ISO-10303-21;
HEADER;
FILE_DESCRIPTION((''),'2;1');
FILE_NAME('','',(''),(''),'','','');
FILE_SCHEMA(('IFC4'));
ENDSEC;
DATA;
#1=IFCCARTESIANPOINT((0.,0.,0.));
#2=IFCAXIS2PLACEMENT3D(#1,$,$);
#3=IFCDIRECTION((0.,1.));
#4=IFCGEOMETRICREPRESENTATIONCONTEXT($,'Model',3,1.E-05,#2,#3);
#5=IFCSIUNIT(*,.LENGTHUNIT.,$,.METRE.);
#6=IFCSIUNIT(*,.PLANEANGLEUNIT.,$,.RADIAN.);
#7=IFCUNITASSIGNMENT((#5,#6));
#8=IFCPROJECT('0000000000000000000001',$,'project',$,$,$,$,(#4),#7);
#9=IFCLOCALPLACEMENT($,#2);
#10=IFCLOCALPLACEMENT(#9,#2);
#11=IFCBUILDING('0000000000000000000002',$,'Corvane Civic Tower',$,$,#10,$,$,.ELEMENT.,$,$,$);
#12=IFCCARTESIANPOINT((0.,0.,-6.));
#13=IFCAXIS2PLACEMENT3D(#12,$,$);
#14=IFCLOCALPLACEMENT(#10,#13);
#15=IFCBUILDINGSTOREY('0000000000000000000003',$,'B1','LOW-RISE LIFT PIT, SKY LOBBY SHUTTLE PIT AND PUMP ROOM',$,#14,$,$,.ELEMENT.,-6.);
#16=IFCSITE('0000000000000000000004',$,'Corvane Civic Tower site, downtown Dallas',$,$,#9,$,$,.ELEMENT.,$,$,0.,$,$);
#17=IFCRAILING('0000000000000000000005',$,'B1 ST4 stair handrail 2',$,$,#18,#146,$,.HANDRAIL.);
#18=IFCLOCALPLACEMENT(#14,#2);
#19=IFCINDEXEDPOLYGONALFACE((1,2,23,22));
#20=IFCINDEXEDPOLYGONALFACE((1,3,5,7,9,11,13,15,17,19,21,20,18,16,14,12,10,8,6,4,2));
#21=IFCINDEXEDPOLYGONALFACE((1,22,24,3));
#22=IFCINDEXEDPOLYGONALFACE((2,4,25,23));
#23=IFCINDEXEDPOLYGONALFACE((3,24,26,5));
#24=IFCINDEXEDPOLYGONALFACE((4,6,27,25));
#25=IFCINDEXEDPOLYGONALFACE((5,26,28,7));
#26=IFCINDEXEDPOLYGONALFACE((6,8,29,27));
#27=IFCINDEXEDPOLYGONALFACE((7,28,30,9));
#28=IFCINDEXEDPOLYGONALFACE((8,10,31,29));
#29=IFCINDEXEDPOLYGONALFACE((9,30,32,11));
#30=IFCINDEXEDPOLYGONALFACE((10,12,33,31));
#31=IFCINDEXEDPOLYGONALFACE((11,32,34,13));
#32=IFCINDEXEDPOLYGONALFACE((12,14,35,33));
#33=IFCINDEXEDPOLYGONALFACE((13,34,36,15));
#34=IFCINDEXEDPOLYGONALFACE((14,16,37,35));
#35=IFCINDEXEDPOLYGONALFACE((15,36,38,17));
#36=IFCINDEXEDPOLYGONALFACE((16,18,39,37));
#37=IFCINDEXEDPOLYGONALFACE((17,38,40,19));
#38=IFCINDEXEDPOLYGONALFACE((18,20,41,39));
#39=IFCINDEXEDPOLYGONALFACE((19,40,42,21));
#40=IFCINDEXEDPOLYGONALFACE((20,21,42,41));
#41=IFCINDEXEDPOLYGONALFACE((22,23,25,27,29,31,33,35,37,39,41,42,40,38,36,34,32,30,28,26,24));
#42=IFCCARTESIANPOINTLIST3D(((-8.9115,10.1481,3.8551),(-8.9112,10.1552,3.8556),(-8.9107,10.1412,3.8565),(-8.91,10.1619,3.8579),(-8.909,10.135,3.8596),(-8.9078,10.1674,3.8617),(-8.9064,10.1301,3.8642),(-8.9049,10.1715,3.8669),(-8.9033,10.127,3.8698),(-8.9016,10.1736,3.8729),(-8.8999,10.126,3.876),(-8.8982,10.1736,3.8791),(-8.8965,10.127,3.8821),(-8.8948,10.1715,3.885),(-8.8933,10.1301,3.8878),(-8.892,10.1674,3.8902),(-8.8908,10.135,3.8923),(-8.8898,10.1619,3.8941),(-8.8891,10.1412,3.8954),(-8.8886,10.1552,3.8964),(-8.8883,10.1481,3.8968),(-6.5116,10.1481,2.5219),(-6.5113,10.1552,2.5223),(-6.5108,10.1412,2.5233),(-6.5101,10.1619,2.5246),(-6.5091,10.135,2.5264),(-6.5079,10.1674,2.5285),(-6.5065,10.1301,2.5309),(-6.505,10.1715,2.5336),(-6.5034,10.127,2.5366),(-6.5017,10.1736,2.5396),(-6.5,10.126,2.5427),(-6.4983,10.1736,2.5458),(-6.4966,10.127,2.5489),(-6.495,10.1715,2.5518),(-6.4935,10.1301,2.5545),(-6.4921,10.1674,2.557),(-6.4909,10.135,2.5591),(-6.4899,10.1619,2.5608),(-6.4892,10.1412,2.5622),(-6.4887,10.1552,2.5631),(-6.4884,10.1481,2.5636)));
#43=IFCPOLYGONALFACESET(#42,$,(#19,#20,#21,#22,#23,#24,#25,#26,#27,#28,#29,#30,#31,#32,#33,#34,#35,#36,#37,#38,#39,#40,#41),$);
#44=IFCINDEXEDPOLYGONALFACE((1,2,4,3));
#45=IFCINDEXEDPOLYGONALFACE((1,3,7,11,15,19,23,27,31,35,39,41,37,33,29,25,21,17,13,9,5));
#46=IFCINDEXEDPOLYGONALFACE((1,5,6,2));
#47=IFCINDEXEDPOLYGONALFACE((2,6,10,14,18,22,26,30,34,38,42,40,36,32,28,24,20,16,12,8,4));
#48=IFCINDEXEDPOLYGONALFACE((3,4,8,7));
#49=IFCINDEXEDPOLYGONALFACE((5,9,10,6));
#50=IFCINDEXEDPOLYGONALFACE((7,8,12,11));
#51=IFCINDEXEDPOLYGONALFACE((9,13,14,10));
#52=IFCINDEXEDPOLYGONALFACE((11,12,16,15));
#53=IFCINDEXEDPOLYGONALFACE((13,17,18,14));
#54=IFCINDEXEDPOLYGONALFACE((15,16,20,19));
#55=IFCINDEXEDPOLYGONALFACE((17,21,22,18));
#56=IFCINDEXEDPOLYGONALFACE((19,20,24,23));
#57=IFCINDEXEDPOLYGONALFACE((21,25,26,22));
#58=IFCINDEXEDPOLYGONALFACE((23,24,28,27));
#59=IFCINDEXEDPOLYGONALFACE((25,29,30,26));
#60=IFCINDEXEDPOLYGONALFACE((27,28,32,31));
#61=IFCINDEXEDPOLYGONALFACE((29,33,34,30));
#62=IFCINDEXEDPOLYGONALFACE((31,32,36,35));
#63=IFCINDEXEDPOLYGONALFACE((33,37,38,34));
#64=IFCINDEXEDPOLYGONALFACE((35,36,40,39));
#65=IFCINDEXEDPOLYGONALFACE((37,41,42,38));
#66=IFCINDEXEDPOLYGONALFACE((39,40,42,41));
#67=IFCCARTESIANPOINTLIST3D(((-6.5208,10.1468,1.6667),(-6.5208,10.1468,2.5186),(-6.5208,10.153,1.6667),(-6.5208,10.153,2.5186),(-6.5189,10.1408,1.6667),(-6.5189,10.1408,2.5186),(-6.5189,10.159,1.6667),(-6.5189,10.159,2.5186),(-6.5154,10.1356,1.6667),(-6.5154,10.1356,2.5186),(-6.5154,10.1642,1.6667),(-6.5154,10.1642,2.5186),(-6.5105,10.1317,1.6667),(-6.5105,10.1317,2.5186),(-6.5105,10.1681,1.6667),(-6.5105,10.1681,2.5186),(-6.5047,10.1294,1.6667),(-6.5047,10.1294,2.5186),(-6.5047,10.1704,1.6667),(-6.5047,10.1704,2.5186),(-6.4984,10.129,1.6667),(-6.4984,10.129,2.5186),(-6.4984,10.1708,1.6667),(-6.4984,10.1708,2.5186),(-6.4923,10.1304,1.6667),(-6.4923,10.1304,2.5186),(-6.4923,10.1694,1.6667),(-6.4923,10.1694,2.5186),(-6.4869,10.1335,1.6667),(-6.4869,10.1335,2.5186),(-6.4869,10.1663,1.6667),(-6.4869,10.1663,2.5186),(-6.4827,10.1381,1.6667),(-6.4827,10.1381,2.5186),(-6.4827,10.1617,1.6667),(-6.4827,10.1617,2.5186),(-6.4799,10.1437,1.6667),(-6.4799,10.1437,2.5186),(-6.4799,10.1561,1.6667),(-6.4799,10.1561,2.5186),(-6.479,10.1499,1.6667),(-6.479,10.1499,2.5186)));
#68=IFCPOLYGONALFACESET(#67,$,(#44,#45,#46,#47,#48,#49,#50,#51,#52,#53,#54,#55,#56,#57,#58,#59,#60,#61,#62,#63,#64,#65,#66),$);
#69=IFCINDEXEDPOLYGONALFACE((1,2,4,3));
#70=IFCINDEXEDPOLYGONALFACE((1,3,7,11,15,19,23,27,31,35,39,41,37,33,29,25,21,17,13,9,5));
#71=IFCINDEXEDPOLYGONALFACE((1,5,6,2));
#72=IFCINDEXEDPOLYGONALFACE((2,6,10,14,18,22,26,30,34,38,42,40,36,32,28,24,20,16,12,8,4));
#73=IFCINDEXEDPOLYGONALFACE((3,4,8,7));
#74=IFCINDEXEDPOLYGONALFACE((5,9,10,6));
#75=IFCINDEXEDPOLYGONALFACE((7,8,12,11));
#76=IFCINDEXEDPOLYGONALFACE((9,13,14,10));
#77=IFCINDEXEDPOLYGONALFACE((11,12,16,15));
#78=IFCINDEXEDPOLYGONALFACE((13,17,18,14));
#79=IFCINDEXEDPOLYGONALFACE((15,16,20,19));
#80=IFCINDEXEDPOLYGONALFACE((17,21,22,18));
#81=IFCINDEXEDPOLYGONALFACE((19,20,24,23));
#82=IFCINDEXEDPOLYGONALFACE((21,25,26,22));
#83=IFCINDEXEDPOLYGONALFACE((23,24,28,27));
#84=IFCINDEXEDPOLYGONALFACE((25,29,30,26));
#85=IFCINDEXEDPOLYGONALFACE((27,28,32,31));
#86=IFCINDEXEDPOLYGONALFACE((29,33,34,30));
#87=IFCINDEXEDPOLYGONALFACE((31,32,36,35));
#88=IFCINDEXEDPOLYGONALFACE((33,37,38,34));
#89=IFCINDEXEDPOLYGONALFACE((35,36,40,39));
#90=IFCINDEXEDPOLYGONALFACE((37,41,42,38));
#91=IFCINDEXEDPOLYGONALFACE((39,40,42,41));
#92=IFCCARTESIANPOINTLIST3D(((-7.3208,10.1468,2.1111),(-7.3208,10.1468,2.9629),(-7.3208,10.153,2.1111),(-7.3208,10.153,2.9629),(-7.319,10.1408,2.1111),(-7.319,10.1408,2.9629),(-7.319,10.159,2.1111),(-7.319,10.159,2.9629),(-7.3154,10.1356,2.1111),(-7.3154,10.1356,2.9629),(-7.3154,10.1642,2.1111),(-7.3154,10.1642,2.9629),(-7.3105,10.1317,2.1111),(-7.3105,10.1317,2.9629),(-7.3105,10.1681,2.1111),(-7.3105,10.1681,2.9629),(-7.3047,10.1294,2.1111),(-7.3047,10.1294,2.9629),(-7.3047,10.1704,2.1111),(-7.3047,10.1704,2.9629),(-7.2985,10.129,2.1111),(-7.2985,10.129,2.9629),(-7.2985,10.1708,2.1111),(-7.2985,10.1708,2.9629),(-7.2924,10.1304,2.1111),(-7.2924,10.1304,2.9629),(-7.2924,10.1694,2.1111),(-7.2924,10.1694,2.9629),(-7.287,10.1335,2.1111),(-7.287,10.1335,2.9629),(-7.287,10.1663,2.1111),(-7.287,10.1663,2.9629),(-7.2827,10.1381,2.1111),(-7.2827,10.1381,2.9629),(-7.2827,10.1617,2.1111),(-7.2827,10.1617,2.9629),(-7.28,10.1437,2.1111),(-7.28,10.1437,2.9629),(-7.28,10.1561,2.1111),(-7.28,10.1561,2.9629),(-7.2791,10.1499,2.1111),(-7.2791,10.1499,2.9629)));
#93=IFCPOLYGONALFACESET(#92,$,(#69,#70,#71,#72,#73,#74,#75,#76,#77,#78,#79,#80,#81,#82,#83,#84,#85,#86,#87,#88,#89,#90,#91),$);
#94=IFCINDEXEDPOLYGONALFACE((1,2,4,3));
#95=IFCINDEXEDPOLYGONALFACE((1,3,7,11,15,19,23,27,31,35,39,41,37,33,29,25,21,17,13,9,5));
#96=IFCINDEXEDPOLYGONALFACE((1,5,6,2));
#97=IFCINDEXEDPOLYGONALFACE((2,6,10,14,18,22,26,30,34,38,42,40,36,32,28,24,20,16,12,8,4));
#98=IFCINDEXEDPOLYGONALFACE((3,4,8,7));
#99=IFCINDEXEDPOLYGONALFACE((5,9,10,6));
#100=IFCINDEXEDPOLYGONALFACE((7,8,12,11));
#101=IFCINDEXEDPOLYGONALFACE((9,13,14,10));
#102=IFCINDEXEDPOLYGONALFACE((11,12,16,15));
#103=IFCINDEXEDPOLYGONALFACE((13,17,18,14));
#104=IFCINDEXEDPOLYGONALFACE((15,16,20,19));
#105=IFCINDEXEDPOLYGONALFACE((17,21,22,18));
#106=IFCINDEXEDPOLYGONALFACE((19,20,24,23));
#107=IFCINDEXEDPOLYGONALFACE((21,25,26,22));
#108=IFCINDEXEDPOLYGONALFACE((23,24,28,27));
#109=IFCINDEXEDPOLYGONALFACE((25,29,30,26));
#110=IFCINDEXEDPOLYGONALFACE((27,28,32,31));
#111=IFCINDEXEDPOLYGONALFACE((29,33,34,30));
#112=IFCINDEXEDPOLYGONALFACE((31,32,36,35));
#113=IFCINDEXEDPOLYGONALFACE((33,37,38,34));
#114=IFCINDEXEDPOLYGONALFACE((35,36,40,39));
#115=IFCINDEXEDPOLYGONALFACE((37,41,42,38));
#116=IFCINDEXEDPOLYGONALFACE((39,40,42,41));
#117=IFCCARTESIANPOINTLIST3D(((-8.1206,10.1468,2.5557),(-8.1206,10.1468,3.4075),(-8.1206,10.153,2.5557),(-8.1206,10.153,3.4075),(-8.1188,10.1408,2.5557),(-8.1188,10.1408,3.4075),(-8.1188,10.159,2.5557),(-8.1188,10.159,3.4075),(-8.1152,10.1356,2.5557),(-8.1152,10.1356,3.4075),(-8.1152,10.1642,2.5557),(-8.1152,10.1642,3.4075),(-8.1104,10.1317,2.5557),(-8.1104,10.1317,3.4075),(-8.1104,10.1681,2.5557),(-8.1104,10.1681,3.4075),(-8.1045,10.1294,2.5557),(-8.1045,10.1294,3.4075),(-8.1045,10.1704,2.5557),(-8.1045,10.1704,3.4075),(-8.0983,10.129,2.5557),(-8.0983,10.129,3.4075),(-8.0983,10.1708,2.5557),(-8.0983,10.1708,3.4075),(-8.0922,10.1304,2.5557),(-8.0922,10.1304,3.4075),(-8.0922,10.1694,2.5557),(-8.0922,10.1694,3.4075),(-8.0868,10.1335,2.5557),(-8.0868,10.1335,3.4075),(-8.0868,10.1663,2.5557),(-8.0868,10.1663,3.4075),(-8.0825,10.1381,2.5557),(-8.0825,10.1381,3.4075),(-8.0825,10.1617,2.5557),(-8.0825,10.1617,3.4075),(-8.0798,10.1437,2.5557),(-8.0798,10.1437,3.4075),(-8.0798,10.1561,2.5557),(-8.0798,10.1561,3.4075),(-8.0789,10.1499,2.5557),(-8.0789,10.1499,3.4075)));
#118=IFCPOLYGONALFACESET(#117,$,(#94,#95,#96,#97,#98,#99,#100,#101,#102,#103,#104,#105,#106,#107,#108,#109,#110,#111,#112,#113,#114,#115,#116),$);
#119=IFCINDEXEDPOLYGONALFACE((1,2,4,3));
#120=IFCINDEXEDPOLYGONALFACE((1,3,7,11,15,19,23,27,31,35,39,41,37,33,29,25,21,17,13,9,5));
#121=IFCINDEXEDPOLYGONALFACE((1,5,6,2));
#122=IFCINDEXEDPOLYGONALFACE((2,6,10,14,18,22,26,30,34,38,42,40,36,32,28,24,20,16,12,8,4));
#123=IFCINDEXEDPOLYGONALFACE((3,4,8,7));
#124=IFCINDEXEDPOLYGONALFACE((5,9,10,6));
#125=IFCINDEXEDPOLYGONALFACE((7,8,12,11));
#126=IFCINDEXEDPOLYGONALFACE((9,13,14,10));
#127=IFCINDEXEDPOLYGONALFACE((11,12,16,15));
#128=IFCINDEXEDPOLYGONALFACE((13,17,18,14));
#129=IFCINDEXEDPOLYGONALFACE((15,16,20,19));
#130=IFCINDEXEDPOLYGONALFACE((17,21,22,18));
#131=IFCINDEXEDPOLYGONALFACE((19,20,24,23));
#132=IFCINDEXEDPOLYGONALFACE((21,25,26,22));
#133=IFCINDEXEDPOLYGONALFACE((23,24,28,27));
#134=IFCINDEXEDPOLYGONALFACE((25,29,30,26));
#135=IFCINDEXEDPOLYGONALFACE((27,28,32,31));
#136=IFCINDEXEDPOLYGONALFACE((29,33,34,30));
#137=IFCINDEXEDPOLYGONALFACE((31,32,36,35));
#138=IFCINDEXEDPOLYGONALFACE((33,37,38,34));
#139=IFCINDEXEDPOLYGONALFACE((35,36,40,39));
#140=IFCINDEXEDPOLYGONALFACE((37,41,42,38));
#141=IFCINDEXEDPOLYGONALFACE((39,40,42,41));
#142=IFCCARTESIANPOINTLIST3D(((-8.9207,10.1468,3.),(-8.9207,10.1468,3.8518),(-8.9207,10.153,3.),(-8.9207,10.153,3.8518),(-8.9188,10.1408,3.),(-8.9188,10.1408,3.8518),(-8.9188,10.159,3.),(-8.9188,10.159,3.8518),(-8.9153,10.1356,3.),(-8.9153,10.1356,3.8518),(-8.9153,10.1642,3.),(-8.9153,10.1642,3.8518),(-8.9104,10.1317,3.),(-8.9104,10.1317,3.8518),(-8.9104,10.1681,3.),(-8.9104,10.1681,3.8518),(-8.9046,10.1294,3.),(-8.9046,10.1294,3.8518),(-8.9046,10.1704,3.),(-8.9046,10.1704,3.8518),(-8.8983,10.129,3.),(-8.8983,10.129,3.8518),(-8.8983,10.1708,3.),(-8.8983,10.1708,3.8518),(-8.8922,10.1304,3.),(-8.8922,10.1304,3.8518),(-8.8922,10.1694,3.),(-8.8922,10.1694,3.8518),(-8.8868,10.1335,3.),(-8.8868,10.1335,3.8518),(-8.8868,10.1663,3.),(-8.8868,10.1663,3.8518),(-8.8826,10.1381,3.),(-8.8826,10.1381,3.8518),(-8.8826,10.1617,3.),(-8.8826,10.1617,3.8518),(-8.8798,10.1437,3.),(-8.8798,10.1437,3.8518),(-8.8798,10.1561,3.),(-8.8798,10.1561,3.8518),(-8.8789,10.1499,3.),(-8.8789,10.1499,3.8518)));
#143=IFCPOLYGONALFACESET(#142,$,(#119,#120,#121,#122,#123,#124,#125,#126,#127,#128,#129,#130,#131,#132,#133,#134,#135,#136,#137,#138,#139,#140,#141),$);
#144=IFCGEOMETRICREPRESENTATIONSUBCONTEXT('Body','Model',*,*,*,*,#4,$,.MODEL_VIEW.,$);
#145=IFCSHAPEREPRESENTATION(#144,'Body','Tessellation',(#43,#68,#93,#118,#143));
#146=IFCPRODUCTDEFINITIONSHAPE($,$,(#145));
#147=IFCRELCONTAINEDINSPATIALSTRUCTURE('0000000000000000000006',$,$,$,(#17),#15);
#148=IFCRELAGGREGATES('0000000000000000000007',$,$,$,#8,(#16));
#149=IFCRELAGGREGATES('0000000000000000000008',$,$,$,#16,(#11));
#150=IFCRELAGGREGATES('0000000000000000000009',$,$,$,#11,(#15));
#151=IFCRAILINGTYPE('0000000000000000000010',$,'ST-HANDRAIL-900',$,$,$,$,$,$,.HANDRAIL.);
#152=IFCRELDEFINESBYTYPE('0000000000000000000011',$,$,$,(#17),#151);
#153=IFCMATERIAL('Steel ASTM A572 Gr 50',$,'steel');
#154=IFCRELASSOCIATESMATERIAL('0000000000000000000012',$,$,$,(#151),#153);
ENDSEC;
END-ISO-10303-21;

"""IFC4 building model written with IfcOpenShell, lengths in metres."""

from ifc_helpers import new_model, si_unit, direction, frame, origin, origin_2d, place, context, subcontext, project, spatial, circle, extrude, material, type_object, element, save


model = new_model("IFC4")

# Units and contexts
model_context = context("Model", 3, precision=1e-05, world=origin(), true_north=direction((0.0, 1.0)))
body_context = subcontext(model_context, "Body", "Model", "MODEL_VIEW")
ifc_project = project(units=[si_unit("LENGTHUNIT", "METRE"), si_unit("PLANEANGLEUNIT", "RADIAN")], contexts=[model_context])

# Site, building, storey
site_placement = place(None, origin())
site = spatial("IfcSite", under=ifc_project, at=site_placement, Name="Corvane Civic Tower site, downtown Dallas", CompositionType="ELEMENT", RefElevation=0.0)
building_placement = place(site_placement, origin())
building = spatial("IfcBuilding", under=site, at=building_placement, Name="Corvane Civic Tower", CompositionType="ELEMENT")
storey_placement = place(building_placement, frame((0.0, 0.0, -6.0)))
storey = spatial("IfcBuildingStorey", under=building, at=storey_placement, Name="B1", Description="LOW-RISE LIFT PIT, SKY LOBBY SHUTTLE PIT AND PUMP ROOM", CompositionType="ELEMENT", Elevation=-6.0)

# Railing
ifc_material_1 = material(Name="Steel ASTM A572 Gr 50", Category="steel")
railing_type = type_object("IfcRailingType", Name="ST-HANDRAIL-900", PredefinedType="HANDRAIL", material=ifc_material_1)
for number, where, name in (
    (1, (-6.5, 10.1499, 1.6667), "B1 ST4 stair handrail 2"),
):
    element("IfcRailing", number, at=place(storey_placement, frame(where)), inside=storey, type_object=railing_type, Name=name, PredefinedType="HANDRAIL", context=body_context, shape_type="SweptSolid", body=[
        extrude(circle(Radius=0.0239, at=origin_2d()), frame((0.0, 0.0, 0.876), z_axis=(-0.874161, 0.0, 0.485635), x_axis=(0.0, -1.0, 0.0)), (0.0, 0.0, 1.0), 2.7454),
        extrude(circle(Radius=0.021, at=origin_2d()), origin(), (0.0, 0.0, 1.0), 0.8518),
        extrude(circle(Radius=0.021, at=origin_2d()), frame((-0.8, 0.0, 0.4443)), (0.0, 0.0, 1.0), 0.8518),
        extrude(circle(Radius=0.021, at=origin_2d()), frame((-1.5999, 0.0, 0.8889)), (0.0, 0.0, 1.0), 0.8518),
        extrude(circle(Radius=0.021, at=origin_2d()), frame((-2.3999, 0.0, 1.3333)), (0.0, 0.0, 1.0), 0.8518),
    ])

save(model, "model.ifc")
